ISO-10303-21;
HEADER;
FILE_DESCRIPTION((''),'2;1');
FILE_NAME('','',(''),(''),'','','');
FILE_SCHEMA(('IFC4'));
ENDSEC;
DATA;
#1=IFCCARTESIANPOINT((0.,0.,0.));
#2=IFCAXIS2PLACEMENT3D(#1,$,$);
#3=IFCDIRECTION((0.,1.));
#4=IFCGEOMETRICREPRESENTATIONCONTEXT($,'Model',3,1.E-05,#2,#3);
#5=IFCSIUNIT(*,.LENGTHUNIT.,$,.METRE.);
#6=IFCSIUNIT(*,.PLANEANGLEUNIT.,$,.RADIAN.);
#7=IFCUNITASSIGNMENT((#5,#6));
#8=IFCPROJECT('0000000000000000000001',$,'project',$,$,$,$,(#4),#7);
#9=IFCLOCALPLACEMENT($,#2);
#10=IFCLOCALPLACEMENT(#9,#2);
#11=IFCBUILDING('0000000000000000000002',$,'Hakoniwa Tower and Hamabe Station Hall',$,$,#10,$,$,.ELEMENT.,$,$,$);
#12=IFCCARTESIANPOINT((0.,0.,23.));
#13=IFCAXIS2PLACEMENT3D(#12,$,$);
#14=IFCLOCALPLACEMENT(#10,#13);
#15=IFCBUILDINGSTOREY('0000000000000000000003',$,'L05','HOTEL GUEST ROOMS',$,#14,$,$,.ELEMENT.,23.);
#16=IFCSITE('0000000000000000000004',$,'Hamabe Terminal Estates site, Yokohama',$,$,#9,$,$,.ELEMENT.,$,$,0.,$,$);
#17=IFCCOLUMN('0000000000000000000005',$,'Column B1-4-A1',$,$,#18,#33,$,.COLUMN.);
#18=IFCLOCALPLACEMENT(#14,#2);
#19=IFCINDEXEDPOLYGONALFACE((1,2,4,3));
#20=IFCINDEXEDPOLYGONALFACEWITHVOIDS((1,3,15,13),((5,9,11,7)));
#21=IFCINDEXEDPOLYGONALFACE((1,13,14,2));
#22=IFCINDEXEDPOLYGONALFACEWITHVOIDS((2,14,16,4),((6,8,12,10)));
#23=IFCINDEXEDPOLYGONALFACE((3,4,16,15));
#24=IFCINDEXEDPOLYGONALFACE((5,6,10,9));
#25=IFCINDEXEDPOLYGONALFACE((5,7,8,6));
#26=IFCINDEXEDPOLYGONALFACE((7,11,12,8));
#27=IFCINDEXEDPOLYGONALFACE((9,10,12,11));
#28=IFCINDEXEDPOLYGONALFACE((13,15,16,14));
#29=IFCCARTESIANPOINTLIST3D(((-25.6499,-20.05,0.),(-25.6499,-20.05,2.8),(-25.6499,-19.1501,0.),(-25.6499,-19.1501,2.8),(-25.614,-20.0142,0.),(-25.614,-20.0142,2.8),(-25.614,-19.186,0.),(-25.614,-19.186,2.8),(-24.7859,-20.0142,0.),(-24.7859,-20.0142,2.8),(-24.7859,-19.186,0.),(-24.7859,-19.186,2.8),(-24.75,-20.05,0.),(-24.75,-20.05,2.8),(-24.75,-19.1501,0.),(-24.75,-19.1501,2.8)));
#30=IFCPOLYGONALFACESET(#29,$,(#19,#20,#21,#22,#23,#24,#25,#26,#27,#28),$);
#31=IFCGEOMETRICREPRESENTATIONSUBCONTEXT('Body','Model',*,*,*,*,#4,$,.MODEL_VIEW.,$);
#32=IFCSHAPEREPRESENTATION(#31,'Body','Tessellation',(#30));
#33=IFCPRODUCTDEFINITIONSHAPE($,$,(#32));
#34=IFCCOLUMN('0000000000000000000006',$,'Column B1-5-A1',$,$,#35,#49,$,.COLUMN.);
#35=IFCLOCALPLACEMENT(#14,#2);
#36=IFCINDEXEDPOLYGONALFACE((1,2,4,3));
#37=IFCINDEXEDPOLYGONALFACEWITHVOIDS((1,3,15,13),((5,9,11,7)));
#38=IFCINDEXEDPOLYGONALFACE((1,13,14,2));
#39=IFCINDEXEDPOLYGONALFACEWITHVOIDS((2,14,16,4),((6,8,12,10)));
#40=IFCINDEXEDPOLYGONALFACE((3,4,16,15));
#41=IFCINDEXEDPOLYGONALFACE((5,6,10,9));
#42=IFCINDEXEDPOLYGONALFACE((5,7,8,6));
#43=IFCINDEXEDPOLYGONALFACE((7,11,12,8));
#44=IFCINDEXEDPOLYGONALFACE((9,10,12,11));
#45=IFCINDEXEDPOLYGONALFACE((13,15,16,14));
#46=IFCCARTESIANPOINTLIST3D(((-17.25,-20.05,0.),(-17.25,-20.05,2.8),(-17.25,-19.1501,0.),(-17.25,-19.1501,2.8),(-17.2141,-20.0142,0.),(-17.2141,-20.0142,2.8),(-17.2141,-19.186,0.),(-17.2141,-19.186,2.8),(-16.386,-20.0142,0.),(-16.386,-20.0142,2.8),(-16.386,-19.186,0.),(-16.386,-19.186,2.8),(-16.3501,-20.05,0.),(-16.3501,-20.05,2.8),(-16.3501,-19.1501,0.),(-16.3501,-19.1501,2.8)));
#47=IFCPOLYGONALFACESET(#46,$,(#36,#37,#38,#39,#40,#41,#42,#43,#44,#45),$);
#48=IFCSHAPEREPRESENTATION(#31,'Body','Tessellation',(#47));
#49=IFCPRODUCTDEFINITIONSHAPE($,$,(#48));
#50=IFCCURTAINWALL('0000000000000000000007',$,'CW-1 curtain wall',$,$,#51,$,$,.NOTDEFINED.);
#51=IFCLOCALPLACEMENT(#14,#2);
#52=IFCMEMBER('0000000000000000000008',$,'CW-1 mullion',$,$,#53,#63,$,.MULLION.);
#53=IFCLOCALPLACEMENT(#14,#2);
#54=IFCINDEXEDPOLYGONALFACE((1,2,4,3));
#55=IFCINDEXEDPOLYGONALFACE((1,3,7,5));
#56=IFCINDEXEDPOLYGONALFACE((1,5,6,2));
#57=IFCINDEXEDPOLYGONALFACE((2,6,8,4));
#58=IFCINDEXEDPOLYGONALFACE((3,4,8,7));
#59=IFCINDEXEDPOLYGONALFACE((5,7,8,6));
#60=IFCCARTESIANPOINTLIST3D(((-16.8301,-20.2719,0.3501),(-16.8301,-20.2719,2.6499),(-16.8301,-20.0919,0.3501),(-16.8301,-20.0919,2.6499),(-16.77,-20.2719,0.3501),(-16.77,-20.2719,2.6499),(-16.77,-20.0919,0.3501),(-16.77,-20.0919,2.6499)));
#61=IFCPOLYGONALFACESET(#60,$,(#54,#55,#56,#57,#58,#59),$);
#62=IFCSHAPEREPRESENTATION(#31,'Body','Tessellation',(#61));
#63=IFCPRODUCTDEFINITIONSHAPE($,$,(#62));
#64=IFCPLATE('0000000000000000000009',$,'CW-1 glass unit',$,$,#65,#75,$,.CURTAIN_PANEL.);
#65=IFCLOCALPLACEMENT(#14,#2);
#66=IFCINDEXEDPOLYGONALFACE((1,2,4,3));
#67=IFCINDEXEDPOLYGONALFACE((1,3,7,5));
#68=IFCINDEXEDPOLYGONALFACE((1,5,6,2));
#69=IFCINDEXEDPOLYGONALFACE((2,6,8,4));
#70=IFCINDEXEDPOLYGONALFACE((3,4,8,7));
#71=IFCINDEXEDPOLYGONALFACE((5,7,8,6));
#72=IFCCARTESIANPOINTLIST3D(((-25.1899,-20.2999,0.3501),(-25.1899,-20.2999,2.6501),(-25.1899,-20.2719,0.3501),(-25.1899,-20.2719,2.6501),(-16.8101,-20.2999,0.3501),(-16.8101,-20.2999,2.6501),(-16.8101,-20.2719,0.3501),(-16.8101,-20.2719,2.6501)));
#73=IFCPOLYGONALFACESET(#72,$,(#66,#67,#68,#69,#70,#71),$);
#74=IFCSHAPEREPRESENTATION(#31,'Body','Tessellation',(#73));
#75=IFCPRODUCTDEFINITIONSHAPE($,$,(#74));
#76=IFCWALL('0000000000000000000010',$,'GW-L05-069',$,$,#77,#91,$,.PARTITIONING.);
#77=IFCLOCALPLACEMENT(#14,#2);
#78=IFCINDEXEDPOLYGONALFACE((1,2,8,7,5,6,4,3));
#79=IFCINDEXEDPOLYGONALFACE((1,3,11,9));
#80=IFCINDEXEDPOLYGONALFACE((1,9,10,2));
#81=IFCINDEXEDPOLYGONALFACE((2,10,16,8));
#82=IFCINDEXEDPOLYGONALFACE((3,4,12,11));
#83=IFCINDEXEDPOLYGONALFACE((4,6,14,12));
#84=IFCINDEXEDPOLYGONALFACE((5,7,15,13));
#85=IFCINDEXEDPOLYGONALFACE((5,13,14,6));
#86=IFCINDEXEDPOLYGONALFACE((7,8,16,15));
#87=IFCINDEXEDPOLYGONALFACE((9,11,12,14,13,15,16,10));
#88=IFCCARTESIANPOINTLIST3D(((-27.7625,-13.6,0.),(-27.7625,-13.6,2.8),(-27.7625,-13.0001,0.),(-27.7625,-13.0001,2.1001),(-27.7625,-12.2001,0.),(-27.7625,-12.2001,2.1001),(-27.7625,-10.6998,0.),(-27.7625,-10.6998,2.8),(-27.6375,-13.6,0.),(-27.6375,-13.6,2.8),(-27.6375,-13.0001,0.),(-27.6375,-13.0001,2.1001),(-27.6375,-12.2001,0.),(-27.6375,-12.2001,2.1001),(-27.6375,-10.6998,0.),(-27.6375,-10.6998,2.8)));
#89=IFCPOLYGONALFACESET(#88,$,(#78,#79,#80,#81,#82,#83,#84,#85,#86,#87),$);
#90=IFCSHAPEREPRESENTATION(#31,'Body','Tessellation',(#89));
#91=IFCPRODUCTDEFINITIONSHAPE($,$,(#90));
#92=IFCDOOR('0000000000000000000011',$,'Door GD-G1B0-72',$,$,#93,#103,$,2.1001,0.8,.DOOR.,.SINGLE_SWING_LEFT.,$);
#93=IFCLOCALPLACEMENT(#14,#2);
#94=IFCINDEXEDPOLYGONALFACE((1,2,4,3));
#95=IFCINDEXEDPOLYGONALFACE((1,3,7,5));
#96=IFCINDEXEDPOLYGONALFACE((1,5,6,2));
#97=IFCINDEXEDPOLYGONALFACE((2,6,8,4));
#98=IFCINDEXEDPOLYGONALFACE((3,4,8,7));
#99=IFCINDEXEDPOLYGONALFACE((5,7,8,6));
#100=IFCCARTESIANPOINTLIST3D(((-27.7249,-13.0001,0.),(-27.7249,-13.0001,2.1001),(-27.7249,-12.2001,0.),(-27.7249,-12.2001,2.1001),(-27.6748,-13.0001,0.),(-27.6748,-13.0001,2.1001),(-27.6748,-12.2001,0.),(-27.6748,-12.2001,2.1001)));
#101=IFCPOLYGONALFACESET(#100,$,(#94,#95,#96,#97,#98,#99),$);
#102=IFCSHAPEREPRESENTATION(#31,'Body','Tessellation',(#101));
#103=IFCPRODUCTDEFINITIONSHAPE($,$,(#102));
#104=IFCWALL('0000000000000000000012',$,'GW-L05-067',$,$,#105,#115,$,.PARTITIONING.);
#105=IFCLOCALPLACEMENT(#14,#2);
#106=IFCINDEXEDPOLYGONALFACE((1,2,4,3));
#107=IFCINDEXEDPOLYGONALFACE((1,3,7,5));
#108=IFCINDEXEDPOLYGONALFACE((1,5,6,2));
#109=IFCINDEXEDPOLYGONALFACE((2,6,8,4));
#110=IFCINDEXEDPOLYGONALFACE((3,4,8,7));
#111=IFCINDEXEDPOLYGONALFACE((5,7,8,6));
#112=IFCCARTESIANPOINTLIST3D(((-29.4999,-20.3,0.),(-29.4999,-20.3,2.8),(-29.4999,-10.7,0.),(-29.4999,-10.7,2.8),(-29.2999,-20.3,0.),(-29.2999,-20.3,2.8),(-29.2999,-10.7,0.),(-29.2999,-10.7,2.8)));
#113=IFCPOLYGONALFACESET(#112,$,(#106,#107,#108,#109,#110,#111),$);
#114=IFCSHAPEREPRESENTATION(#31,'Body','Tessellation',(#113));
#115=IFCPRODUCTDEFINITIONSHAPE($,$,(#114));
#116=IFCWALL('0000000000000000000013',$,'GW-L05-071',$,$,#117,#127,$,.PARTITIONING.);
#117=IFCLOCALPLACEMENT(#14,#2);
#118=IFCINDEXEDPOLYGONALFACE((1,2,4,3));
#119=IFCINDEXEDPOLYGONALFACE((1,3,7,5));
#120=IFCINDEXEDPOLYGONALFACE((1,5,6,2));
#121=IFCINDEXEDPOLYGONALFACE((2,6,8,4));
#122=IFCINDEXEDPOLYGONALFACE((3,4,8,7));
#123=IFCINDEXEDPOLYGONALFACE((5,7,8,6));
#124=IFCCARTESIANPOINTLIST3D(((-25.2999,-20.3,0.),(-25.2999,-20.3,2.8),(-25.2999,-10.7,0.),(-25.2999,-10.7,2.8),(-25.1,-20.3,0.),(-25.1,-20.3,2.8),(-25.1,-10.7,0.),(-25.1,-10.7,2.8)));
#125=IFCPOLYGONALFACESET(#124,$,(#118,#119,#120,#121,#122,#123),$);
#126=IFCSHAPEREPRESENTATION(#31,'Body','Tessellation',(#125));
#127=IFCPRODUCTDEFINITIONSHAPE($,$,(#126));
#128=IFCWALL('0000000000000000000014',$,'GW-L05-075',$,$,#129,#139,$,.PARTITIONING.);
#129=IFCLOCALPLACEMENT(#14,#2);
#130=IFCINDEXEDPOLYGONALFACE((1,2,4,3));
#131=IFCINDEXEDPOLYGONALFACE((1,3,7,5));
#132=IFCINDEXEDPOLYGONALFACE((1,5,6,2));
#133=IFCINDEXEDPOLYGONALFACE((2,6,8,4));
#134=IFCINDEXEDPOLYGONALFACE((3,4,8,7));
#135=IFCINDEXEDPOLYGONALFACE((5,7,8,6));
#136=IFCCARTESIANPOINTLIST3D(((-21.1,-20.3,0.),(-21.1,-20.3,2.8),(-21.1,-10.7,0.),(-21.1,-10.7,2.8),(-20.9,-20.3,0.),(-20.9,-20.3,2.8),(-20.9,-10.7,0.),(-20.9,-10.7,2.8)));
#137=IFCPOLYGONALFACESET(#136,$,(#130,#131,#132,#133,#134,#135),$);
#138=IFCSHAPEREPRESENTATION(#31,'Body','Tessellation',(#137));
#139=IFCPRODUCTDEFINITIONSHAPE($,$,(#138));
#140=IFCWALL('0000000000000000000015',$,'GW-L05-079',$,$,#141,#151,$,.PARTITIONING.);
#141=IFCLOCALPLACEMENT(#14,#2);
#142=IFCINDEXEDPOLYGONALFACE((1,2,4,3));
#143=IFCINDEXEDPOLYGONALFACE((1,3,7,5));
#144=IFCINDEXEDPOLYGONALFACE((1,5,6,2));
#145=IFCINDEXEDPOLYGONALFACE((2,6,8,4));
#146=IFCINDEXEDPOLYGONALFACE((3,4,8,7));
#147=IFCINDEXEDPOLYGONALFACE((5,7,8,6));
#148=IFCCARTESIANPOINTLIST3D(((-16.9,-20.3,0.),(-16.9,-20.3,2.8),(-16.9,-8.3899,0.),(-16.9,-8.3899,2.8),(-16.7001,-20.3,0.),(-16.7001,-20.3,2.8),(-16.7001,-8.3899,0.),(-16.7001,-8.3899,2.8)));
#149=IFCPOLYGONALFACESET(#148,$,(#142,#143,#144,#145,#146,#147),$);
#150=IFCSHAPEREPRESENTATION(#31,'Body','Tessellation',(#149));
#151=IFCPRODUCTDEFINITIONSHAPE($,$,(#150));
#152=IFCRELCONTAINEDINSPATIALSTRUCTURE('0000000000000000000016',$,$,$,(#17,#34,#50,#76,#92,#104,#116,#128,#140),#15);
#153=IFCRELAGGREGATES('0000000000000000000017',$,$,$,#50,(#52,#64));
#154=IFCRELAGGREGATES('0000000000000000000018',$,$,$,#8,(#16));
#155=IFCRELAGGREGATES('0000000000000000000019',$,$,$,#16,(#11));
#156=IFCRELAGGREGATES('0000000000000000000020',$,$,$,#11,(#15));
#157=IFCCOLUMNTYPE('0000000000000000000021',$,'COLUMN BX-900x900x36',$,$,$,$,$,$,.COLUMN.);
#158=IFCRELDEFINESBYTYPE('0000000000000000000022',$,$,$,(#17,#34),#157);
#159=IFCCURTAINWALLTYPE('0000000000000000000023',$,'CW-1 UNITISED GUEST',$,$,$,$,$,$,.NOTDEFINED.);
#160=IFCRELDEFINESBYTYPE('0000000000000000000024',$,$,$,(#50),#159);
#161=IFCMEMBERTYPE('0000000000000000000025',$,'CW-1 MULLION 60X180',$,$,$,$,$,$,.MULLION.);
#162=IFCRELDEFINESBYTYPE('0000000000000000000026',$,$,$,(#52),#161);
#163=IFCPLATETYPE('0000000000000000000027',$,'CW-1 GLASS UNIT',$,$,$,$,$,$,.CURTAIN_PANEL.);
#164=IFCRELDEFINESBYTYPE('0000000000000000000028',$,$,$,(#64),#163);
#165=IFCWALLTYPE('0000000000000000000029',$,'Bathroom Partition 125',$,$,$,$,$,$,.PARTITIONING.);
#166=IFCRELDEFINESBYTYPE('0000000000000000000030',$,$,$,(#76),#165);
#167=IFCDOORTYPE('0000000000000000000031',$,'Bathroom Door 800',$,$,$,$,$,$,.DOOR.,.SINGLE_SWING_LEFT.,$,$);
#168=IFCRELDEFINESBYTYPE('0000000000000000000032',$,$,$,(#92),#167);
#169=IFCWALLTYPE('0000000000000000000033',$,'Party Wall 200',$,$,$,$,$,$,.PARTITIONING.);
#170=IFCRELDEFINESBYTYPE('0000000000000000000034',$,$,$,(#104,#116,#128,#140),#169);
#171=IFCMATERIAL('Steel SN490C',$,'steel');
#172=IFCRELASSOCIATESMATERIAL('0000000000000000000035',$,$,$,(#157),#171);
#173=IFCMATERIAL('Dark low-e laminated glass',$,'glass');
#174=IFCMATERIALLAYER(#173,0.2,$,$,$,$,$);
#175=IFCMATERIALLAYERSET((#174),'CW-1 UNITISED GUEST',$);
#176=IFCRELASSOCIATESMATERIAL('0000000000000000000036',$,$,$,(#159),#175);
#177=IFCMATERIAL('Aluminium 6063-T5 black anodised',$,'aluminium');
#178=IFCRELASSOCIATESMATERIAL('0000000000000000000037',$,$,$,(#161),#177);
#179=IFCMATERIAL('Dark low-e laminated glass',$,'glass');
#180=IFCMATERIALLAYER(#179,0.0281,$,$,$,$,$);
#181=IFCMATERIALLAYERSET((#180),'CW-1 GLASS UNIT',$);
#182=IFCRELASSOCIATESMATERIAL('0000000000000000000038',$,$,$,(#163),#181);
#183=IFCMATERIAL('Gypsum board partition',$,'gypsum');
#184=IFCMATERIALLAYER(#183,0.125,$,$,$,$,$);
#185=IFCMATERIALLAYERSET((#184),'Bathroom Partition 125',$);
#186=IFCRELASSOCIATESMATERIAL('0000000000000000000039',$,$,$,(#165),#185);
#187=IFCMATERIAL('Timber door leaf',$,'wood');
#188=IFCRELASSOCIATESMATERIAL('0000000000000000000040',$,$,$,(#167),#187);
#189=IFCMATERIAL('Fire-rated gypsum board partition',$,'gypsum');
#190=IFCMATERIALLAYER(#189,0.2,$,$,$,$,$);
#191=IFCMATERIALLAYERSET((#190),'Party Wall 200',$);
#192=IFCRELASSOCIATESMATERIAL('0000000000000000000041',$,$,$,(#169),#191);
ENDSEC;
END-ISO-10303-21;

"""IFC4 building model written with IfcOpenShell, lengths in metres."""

from ifc_helpers import new_model, si_unit, direction, frame, frame_2d, origin, origin_2d, place, context, subcontext, project, spatial, rectangle, hollow_rectangle, extrude, material, layer, layer_set, material_profile, profile_set, type_object, element, fill, aggregate, save


model = new_model("IFC4")

# Units and contexts
model_context = context("Model", 3, precision=1e-05, world=origin(), true_north=direction((0.0, 1.0)))
body_context = subcontext(model_context, "Body", "Model", "MODEL_VIEW")
ifc_project = project(units=[si_unit("LENGTHUNIT", "METRE"), si_unit("PLANEANGLEUNIT", "RADIAN")], contexts=[model_context])

# Site, building, storey
site_placement = place(None, origin())
site = spatial("IfcSite", under=ifc_project, at=site_placement, Name="Hamabe Terminal Estates site, Yokohama", CompositionType="ELEMENT", RefElevation=0.0)
building_placement = place(site_placement, origin())
building = spatial("IfcBuilding", under=site, at=building_placement, Name="Hakoniwa Tower and Hamabe Station Hall", CompositionType="ELEMENT")
storey_placement = place(building_placement, frame((0.0, 0.0, 23.0)))
storey = spatial("IfcBuildingStorey", under=building, at=storey_placement, Name="L05", Description="HOTEL GUEST ROOMS", CompositionType="ELEMENT", Elevation=23.0)

# Columns
ifc_material_1 = material(Name="Steel SN490C", Category="steel")
ifc_material_profile_1 = material_profile(ifc_material_1, hollow_rectangle(XDim=0.8999, YDim=0.8999, WallThickness=0.0359, at=origin_2d()), Name="BX-900x900x36")
ifc_profile_set_1 = profile_set([ifc_material_profile_1], Name="Steel SN490C")
column_type = type_object("IfcColumnType", Name="COLUMN BX-900x900x36", PredefinedType="COLUMN", material=ifc_profile_set_1)
for number, where, z_axis, x_axis, name in (
    (1, (-25.2, -19.6001, 0.0), (0.0, 0.0, 1.0), (1.0, 0.0, 0.0), "Column B1-4-A1"),
    (2, (-16.8, -19.6001, 0.0), (0.0, 0.0, 1.0), (1.0, 0.0, 0.0), "Column B1-5-A1"),
):
    element("IfcColumn", number, at=place(storey_placement, frame(where, z_axis=z_axis, x_axis=x_axis)), inside=storey, type_object=column_type, Name=name, PredefinedType="COLUMN", context=body_context, shape_type="SweptSolid", body=[
        extrude(hollow_rectangle(XDim=0.8999, YDim=0.8999, WallThickness=0.0359, at=origin_2d()), origin(), (0.0, 0.0, 1.0), 2.8),
    ])

# Curtain wall, member, plate
ifc_material_2 = material(Name="Dark low-e laminated glass", Category="glass")
ifc_layer_1 = layer(ifc_material_2, 0.2)
ifc_layer_set_1 = layer_set([ifc_layer_1], Name="CW-1 UNITISED GUEST")
curtain_wall_type = type_object("IfcCurtainWallType", Name="CW-1 UNITISED GUEST", PredefinedType="NOTDEFINED", material=ifc_layer_set_1)
curtain_wall_placement = place(storey_placement, origin())
curtain_wall = element("IfcCurtainWall", 3, at=curtain_wall_placement, inside=storey, type_object=curtain_wall_type, Name="CW-1 curtain wall", PredefinedType="NOTDEFINED")
ifc_material_3 = material(Name="Aluminium 6063-T5 black anodised", Category="aluminium")
ifc_material_profile_2 = material_profile(ifc_material_3, rectangle(XDim=0.0601, YDim=0.1799, at=origin_2d()), Name="CW-1 MULLION 60X180")
ifc_profile_set_2 = profile_set([ifc_material_profile_2], Name="Aluminium 6063-T5 black anodised")
member_type = type_object("IfcMemberType", Name="CW-1 MULLION 60X180", PredefinedType="MULLION", material=ifc_profile_set_2)
member_placement = place(storey_placement, frame((-16.8, -20.1819, 0.3501), z_axis=(0.0, 0.0, 1.0), x_axis=(1.0, 0.0, 0.0)))
member = element("IfcMember", 4, at=member_placement, type_object=member_type, Name="CW-1 mullion", PredefinedType="MULLION", context=body_context, shape_type="SweptSolid", body=[
    extrude(rectangle(XDim=0.0601, YDim=0.1799, at=origin_2d()), origin(), (0.0, 0.0, 1.0), 2.2998),
])
ifc_material_4 = material(Name="Dark low-e laminated glass", Category="glass")
ifc_layer_2 = layer(ifc_material_4, 0.0281)
ifc_layer_set_2 = layer_set([ifc_layer_2], Name="CW-1 GLASS UNIT")
plate_type = type_object("IfcPlateType", Name="CW-1 GLASS UNIT", PredefinedType="CURTAIN_PANEL", material=ifc_layer_set_2)
plate_placement = place(storey_placement, frame((-21.0, -20.2859, 0.3501), z_axis=(0.0, 0.0, 1.0), x_axis=(1.0, 0.0, 0.0)))
plate = element("IfcPlate", 5, at=plate_placement, type_object=plate_type, Name="CW-1 glass unit", PredefinedType="CURTAIN_PANEL", context=body_context, shape_type="SweptSolid", body=[
    extrude(rectangle(XDim=8.3799, YDim=0.0281, at=origin_2d()), origin(), (0.0, 0.0, 1.0), 2.3),
])
aggregate(curtain_wall, [member, plate])

# Wall, opening, door
ifc_material_5 = material(Name="Gypsum board partition", Category="gypsum")
ifc_layer_3 = layer(ifc_material_5, 0.125)
ifc_layer_set_3 = layer_set([ifc_layer_3], Name="Bathroom Partition 125")
wall_type_1 = type_object("IfcWallType", Name="Bathroom Partition 125", PredefinedType="PARTITIONING", material=ifc_layer_set_3)
wall_1_placement = place(storey_placement, frame((-27.7, -13.6001, 0.0), z_axis=(0.0, 0.0, 1.0), x_axis=(0.0, 1.0, 0.0)))
wall_1 = element("IfcWall", 6, at=wall_1_placement, inside=storey, type_object=wall_type_1, Name="GW-L05-069", PredefinedType="PARTITIONING", context=body_context, shape_type="SweptSolid", body=[
    extrude(rectangle(XDim=2.9001, YDim=0.125, at=frame_2d((1.4502, 0.0))), origin(), (0.0, 0.0, 1.0), 2.8),
])
opening_placement = place(wall_1_placement, frame((0.6001, 0.0, 0.0)))
opening = element("IfcOpeningElement", 7, at=opening_placement, cuts=wall_1, PredefinedType="OPENING", context=body_context, shape_type="SweptSolid", body=[
    extrude(rectangle(XDim=0.8, YDim=2.1001, at=frame_2d((0.3999, 1.05))), frame((0.0, 0.0725, 0.0), z_axis=(0.0, -1.0, 0.0), x_axis=(1.0, 0.0, 0.0)), (0.0, 0.0, 1.0), 0.145),
])
ifc_material_6 = material(Name="Timber door leaf", Category="wood")
door_type = type_object("IfcDoorType", Name="Bathroom Door 800", OperationType="SINGLE_SWING_LEFT", PredefinedType="DOOR", material=ifc_material_6)
door_placement = place(opening_placement, origin())
door = element("IfcDoor", 8, at=door_placement, inside=storey, type_object=door_type, Name="Door GD-G1B0-72", OperationType="SINGLE_SWING_LEFT", OverallHeight=2.1001, OverallWidth=0.8, PredefinedType="DOOR", context=body_context, shape_type="SweptSolid", body=[
    extrude(rectangle(XDim=0.8, YDim=2.1001, at=frame_2d((0.3999, 1.05))), frame((0.0, 0.0249, 0.0), z_axis=(0.0, -1.0, 0.0), x_axis=(1.0, 0.0, 0.0)), (0.0, 0.0, 1.0), 0.05),
])
fill(opening, door)

# Walls
ifc_material_7 = material(Name="Fire-rated gypsum board partition", Category="gypsum")
ifc_layer_4 = layer(ifc_material_7, 0.2)
ifc_layer_set_4 = layer_set([ifc_layer_4], Name="Party Wall 200")
wall_type_2 = type_object("IfcWallType", Name="Party Wall 200", PredefinedType="PARTITIONING", material=ifc_layer_set_4)
for number, where, z_axis, x_axis, name in (
    (9, (-29.3999, -20.3, 0.0), (0.0, 0.0, 1.0), (0.0, 1.0, 0.0), "GW-L05-067"),
    (10, (-25.2, -20.3, 0.0), (0.0, 0.0, 1.0), (0.0, 1.0, 0.0), "GW-L05-071"),
    (11, (-21.0, -20.3, 0.0), (0.0, 0.0, 1.0), (0.0, 1.0, 0.0), "GW-L05-075"),
):
    element("IfcWall", number, at=place(storey_placement, frame(where, z_axis=z_axis, x_axis=x_axis)), inside=storey, type_object=wall_type_2, Name=name, PredefinedType="PARTITIONING", context=body_context, shape_type="SweptSolid", body=[
        extrude(rectangle(XDim=9.6001, YDim=0.2, at=frame_2d((4.8, 0.0))), origin(), (0.0, 0.0, 1.0), 2.8),
    ])
wall_2_placement = place(storey_placement, frame((-16.8, -20.3, 0.0), z_axis=(0.0, 0.0, 1.0), x_axis=(0.0, 1.0, 0.0)))
element("IfcWall", 12, at=wall_2_placement, inside=storey, type_object=wall_type_2, Name="GW-L05-079", PredefinedType="PARTITIONING", context=body_context, shape_type="SweptSolid", body=[
    extrude(rectangle(XDim=11.9102, YDim=0.2, at=frame_2d((5.9551, 0.0))), origin(), (0.0, 0.0, 1.0), 2.8),
])

save(model, "model.ifc")
